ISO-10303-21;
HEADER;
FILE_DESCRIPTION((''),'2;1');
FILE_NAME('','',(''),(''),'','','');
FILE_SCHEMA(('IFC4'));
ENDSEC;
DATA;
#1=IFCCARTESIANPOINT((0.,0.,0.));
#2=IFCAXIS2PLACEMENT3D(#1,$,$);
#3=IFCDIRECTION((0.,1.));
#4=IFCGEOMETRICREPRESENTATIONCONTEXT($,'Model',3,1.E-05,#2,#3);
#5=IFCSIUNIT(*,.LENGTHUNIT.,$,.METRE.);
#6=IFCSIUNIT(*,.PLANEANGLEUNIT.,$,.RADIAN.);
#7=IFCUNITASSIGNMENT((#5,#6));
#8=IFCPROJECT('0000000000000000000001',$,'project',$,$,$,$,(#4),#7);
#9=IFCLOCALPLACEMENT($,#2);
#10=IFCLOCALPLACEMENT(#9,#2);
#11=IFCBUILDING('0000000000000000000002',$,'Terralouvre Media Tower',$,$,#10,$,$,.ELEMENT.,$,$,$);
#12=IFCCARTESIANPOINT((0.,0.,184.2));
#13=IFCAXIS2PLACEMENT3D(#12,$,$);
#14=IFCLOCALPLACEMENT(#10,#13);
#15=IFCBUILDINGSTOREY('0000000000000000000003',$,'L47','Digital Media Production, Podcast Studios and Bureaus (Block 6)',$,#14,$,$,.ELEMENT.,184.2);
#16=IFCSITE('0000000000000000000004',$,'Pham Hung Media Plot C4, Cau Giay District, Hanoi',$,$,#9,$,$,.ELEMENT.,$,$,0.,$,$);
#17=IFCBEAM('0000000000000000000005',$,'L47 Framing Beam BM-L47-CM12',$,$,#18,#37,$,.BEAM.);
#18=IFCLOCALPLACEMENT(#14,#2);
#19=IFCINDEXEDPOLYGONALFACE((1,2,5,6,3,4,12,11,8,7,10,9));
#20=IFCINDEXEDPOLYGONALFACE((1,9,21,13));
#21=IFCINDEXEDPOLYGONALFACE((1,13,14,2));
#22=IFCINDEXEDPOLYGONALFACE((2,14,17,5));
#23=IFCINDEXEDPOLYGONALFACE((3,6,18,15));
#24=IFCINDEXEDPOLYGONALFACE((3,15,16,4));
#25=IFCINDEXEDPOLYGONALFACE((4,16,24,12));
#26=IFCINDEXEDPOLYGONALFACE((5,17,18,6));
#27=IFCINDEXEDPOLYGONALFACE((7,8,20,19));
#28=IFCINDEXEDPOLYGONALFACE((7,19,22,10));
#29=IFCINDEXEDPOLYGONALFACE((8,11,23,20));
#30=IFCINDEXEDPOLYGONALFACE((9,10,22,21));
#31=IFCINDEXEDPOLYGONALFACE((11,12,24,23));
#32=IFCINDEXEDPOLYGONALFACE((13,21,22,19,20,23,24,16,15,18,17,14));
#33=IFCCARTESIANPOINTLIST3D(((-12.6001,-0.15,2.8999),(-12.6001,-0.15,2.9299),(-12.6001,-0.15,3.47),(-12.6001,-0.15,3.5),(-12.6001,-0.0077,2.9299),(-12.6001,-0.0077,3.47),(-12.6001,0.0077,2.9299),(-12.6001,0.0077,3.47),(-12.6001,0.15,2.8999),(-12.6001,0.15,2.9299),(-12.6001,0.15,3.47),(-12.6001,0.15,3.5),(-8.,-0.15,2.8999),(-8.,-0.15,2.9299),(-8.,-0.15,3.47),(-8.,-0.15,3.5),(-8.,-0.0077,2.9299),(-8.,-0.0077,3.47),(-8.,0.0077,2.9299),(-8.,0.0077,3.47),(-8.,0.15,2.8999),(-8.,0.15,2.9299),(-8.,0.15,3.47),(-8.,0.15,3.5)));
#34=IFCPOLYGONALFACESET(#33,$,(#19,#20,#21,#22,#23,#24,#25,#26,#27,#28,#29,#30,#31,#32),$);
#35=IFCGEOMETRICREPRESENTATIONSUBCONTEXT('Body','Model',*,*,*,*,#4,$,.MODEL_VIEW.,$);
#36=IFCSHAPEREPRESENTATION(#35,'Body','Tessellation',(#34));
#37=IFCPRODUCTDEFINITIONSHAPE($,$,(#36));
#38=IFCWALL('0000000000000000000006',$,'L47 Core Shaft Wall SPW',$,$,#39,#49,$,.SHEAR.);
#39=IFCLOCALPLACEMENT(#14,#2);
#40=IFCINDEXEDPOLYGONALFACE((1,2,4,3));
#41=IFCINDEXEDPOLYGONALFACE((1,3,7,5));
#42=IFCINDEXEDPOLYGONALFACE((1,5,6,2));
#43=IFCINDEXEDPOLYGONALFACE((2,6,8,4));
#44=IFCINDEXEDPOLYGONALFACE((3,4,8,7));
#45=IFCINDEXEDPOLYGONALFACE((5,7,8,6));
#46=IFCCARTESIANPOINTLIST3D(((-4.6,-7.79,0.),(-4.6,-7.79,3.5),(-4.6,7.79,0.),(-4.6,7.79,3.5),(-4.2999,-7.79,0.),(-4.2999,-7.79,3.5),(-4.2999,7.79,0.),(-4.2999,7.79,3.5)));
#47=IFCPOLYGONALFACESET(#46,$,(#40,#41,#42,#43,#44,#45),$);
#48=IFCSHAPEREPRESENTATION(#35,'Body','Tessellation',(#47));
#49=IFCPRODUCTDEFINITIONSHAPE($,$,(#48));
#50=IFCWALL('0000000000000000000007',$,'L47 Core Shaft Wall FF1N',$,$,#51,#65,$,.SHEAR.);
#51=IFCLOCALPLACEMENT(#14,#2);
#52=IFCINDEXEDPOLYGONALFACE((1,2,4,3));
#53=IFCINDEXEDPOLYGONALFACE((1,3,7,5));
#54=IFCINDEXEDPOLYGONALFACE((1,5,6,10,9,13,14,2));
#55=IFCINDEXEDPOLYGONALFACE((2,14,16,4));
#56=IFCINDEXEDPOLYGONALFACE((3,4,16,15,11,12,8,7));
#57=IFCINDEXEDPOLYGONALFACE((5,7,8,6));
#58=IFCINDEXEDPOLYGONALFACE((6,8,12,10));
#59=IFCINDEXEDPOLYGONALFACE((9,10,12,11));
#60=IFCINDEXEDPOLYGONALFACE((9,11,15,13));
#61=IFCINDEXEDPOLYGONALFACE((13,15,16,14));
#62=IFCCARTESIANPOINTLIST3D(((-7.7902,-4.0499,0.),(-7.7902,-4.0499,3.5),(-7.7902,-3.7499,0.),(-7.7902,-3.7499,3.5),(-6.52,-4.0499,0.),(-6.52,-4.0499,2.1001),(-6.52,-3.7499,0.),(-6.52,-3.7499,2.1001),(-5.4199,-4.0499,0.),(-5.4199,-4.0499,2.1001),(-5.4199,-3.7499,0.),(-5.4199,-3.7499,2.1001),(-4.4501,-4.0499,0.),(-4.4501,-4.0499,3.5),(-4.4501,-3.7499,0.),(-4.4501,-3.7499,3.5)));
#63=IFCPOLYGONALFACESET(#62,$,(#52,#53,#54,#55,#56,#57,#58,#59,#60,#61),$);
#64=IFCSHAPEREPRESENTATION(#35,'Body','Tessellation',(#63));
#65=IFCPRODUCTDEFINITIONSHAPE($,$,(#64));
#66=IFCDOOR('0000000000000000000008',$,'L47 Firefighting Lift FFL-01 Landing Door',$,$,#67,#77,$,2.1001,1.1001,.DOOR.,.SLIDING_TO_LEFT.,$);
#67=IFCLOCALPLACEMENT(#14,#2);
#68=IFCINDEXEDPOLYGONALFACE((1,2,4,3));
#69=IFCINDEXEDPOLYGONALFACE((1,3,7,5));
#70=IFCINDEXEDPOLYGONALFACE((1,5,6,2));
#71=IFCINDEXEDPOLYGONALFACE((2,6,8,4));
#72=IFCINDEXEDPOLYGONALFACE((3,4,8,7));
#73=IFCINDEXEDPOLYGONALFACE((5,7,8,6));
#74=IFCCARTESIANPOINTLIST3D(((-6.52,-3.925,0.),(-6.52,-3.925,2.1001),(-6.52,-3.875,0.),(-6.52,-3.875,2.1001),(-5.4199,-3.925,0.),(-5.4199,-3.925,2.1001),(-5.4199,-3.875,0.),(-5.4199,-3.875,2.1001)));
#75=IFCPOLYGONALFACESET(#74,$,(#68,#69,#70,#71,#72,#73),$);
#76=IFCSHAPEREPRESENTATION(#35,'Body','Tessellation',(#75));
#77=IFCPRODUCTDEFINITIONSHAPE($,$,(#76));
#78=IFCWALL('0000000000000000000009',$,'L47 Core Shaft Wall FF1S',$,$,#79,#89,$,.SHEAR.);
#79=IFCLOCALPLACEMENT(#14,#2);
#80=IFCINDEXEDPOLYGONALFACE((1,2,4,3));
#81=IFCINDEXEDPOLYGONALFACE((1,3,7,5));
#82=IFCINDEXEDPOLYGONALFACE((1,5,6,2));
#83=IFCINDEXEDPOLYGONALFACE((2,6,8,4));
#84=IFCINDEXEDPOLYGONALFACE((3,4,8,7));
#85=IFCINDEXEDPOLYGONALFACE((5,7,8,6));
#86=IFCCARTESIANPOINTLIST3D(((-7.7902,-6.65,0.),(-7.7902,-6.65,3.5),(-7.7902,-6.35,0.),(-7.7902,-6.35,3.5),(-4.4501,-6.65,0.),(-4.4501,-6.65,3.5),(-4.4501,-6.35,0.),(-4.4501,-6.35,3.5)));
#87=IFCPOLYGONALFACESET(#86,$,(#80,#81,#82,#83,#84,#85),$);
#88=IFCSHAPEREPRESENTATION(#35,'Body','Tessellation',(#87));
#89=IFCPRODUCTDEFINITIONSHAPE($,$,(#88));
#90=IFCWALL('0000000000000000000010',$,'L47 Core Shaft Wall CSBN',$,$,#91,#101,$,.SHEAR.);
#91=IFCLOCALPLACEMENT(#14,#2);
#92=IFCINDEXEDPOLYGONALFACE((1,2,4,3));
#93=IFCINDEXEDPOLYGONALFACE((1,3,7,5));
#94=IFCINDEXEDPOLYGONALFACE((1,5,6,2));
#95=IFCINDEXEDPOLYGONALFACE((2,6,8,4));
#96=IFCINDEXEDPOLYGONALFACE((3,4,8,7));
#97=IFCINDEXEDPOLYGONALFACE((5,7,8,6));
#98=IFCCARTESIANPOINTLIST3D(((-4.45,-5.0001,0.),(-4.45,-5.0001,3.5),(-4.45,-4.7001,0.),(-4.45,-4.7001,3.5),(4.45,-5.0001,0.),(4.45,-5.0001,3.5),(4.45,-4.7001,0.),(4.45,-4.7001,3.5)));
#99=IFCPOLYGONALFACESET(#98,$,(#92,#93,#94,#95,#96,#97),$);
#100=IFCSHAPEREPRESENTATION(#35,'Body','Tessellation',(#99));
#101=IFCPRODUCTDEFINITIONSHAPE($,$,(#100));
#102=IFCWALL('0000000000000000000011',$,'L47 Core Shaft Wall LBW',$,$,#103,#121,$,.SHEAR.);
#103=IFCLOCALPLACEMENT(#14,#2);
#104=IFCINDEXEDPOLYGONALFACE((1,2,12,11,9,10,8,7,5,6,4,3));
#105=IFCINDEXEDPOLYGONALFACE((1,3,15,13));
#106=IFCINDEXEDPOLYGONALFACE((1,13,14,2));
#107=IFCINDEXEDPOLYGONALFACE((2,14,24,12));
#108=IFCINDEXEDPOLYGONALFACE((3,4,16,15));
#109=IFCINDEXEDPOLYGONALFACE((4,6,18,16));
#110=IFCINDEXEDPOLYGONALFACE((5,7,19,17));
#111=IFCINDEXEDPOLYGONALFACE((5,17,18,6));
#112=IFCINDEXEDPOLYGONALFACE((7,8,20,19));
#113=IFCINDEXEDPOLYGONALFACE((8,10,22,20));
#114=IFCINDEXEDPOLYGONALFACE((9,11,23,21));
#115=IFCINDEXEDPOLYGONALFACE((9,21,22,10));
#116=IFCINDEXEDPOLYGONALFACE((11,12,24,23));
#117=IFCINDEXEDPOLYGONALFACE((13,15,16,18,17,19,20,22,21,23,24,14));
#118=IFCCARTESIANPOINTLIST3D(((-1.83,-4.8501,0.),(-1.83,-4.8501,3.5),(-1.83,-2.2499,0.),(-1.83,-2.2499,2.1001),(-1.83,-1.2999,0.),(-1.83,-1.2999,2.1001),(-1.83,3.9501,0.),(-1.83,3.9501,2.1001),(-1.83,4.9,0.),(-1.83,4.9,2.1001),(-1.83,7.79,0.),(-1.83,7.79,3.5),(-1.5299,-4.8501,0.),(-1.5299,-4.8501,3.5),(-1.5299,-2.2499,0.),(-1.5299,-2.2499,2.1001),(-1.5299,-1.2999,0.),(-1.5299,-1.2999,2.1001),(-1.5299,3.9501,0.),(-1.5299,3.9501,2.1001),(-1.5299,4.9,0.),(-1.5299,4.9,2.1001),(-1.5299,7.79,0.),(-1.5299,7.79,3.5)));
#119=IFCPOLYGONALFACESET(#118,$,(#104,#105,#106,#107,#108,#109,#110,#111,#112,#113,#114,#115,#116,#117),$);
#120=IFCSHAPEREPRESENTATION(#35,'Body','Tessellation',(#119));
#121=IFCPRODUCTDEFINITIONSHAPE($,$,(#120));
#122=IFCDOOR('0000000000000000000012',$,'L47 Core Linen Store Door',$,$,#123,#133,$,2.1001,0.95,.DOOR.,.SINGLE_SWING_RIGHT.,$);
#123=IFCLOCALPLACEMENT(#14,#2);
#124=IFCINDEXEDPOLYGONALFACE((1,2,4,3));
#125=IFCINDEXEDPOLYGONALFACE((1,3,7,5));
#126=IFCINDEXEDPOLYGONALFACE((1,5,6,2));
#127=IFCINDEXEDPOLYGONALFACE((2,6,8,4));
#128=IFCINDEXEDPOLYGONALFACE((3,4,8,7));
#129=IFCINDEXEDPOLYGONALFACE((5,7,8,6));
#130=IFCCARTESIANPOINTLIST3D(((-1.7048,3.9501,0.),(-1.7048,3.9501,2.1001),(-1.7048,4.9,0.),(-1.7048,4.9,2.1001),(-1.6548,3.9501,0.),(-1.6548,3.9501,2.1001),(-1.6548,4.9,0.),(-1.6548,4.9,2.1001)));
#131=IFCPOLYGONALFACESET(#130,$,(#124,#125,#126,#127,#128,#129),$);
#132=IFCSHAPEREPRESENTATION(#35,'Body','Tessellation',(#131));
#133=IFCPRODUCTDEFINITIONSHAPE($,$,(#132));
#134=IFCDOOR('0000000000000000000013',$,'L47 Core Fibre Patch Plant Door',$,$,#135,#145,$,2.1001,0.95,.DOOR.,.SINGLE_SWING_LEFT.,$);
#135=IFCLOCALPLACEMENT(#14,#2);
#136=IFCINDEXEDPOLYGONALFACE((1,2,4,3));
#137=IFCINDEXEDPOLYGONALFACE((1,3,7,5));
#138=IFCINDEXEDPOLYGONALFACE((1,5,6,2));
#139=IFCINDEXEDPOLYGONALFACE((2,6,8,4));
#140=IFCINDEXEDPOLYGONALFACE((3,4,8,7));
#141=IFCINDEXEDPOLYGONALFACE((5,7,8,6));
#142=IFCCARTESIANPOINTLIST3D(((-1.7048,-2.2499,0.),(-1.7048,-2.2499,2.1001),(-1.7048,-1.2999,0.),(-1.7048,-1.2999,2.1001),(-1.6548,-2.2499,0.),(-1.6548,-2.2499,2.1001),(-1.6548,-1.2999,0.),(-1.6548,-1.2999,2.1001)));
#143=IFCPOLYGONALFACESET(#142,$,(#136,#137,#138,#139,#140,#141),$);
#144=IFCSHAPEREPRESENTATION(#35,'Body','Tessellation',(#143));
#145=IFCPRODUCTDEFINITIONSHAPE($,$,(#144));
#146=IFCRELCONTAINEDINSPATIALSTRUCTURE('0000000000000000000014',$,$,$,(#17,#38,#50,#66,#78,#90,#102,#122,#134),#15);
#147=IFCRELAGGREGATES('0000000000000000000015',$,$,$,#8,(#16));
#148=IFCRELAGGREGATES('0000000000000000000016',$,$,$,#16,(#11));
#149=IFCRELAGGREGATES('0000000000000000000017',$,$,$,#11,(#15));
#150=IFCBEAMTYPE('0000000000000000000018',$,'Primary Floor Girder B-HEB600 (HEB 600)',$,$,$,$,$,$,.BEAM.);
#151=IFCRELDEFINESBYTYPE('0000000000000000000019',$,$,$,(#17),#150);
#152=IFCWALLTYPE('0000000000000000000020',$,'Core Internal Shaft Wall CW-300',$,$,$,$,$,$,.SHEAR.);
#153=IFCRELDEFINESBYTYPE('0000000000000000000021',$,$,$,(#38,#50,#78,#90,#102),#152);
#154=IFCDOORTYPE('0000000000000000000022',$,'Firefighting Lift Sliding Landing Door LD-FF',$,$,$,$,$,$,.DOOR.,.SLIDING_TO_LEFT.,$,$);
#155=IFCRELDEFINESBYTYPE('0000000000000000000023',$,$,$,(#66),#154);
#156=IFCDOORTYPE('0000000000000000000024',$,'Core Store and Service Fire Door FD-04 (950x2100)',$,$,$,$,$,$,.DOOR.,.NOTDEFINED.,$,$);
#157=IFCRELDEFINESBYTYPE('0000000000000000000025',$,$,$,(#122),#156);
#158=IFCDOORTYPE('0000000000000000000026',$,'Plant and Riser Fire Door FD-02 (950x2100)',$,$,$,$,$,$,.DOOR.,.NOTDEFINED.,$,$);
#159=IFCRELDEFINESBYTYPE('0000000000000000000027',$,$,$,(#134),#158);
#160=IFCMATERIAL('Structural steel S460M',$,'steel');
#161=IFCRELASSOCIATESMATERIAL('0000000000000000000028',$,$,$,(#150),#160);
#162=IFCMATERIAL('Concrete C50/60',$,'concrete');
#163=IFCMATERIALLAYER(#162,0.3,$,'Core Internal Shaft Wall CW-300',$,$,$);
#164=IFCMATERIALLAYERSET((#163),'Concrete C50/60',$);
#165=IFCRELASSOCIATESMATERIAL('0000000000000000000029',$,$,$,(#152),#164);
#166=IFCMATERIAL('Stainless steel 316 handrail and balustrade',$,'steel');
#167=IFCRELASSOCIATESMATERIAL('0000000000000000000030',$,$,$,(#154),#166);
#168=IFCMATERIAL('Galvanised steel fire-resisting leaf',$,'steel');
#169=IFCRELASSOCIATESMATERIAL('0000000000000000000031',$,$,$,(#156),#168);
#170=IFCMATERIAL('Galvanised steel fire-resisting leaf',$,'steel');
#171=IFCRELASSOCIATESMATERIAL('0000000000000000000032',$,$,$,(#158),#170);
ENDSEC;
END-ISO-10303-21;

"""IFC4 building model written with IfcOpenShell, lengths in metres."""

from ifc_helpers import new_model, si_unit, direction, frame, frame_2d, origin, origin_2d, place, context, subcontext, project, spatial, rectangle, i_section, extrude, material, layer, layer_set, material_profile, profile_set, type_object, element, fill, save


model = new_model("IFC4")

# Units and contexts
model_context = context("Model", 3, precision=1e-05, world=origin(), true_north=direction((0.0, 1.0)))
body_context = subcontext(model_context, "Body", "Model", "MODEL_VIEW")
ifc_project = project(units=[si_unit("LENGTHUNIT", "METRE"), si_unit("PLANEANGLEUNIT", "RADIAN")], contexts=[model_context])

# Site, building, storey
site_placement = place(None, origin())
site = spatial("IfcSite", under=ifc_project, at=site_placement, Name="Pham Hung Media Plot C4, Cau Giay District, Hanoi", CompositionType="ELEMENT", RefElevation=0.0)
building_placement = place(site_placement, origin())
building = spatial("IfcBuilding", under=site, at=building_placement, Name="Terralouvre Media Tower", CompositionType="ELEMENT")
storey_placement = place(building_placement, frame((0.0, 0.0, 184.2)))
storey = spatial("IfcBuildingStorey", under=building, at=storey_placement, Name="L47", Description="Digital Media Production, Podcast Studios and Bureaus (Block 6)", CompositionType="ELEMENT", Elevation=184.2)

# Beam
ifc_material_1 = material(Name="Structural steel S460M", Category="steel")
ifc_material_profile_1 = material_profile(ifc_material_1, i_section(OverallWidth=0.3, OverallDepth=0.6001, WebThickness=0.0154, FlangeThickness=0.03, at=origin_2d()), Name="HEB 600")
ifc_profile_set_1 = profile_set([ifc_material_profile_1], Name="Structural steel S460M")
beam_type_1 = type_object("IfcBeamType", Name="Primary Floor Girder B-HEB600 (HEB 600)", PredefinedType="BEAM", material=ifc_profile_set_1)
beam_1_placement = place(storey_placement, frame((-8.0, 0.0, 3.2), z_axis=(-1.0, 0.0, 0.0), x_axis=(0.0, -1.0, 0.0)))
element("IfcBeam", 1, at=beam_1_placement, inside=storey, type_object=beam_type_1, Name="L47 Framing Beam BM-L47-CM12", PredefinedType="BEAM", context=body_context, shape_type="SweptSolid", body=[
    extrude(i_section(OverallWidth=0.3, OverallDepth=0.6001, WebThickness=0.0154, FlangeThickness=0.03, at=origin_2d()), origin(), (0.0, 0.0, 1.0), 4.6001),
])

# Wall
ifc_material_2 = material(Name="Concrete C50/60", Category="concrete")
ifc_layer_1 = layer(ifc_material_2, 0.3, Name="Core Internal Shaft Wall CW-300")
ifc_layer_set_1 = layer_set([ifc_layer_1], Name="Concrete C50/60")
wall_type_1 = type_object("IfcWallType", Name="Core Internal Shaft Wall CW-300", PredefinedType="SHEAR", material=ifc_layer_set_1)
wall_1_placement = place(storey_placement, frame((-4.45, -7.79, 0.0), z_axis=(0.0, 0.0, 1.0), x_axis=(0.0, 1.0, 0.0)))
element("IfcWall", 2, at=wall_1_placement, inside=storey, type_object=wall_type_1, Name="L47 Core Shaft Wall SPW", PredefinedType="SHEAR", context=body_context, shape_type="SweptSolid", body=[
    extrude(rectangle(XDim=15.5801, YDim=0.3, at=frame_2d((7.79, 0.0))), origin(), (0.0, 0.0, 1.0), 3.5),
])

# Wall, opening, door
wall_2_placement = place(storey_placement, frame((-7.79, -3.8999, 0.0), z_axis=(0.0, 0.0, 1.0), x_axis=(1.0, 0.0, 0.0)))
wall_2 = element("IfcWall", 3, at=wall_2_placement, inside=storey, type_object=wall_type_1, Name="L47 Core Shaft Wall FF1N", PredefinedType="SHEAR", context=body_context, shape_type="SweptSolid", body=[
    extrude(rectangle(XDim=3.3401, YDim=0.3, at=frame_2d((1.6699, 0.0))), origin(), (0.0, 0.0, 1.0), 3.5),
])
opening_1_placement = place(wall_2_placement, frame((1.27, 0.0, 0.0)))
opening_1 = element("IfcOpeningElement", 4, at=opening_1_placement, cuts=wall_2, PredefinedType="OPENING", context=body_context, shape_type="SweptSolid", body=[
    extrude(rectangle(XDim=1.1001, YDim=2.1001, at=frame_2d((0.55, 1.05))), frame((0.0, 0.1599, 0.0), z_axis=(0.0, -1.0, 0.0), x_axis=(1.0, 0.0, 0.0)), (0.0, 0.0, 1.0), 0.3201),
])
ifc_material_3 = material(Name="Stainless steel 316 handrail and balustrade", Category="steel")
door_type_1 = type_object("IfcDoorType", Name="Firefighting Lift Sliding Landing Door LD-FF", OperationType="SLIDING_TO_LEFT", PredefinedType="DOOR", material=ifc_material_3)
door_1_placement = place(opening_1_placement, origin())
door_1 = element("IfcDoor", 5, at=door_1_placement, inside=storey, type_object=door_type_1, Name="L47 Firefighting Lift FFL-01 Landing Door", OperationType="SLIDING_TO_LEFT", OverallHeight=2.1001, OverallWidth=1.1001, PredefinedType="DOOR", context=body_context, shape_type="SweptSolid", body=[
    extrude(rectangle(XDim=1.1001, YDim=2.1001, at=frame_2d((0.55, 1.05))), frame((0.0, 0.0249, 0.0), z_axis=(0.0, -1.0, 0.0), x_axis=(1.0, 0.0, 0.0)), (0.0, 0.0, 1.0), 0.05),
])
fill(opening_1, door_1)

# Walls
wall_3_placement = place(storey_placement, frame((-7.79, -6.5, 0.0), z_axis=(0.0, 0.0, 1.0), x_axis=(1.0, 0.0, 0.0)))
element("IfcWall", 6, at=wall_3_placement, inside=storey, type_object=wall_type_1, Name="L47 Core Shaft Wall FF1S", PredefinedType="SHEAR", context=body_context, shape_type="SweptSolid", body=[
    extrude(rectangle(XDim=3.3401, YDim=0.3, at=frame_2d((1.6699, 0.0))), origin(), (0.0, 0.0, 1.0), 3.5),
])
wall_4_placement = place(storey_placement, frame((-4.45, -4.8501, 0.0), z_axis=(0.0, 0.0, 1.0), x_axis=(1.0, 0.0, 0.0)))
element("IfcWall", 7, at=wall_4_placement, inside=storey, type_object=wall_type_1, Name="L47 Core Shaft Wall CSBN", PredefinedType="SHEAR", context=body_context, shape_type="SweptSolid", body=[
    extrude(rectangle(XDim=8.8999, YDim=0.3, at=frame_2d((4.45, 0.0))), origin(), (0.0, 0.0, 1.0), 3.5),
])

# Wall, openings, doors
wall_5_placement = place(storey_placement, frame((-1.6799, -4.8501, 0.0), z_axis=(0.0, 0.0, 1.0), x_axis=(0.0, 1.0, 0.0)))
wall_5 = element("IfcWall", 8, at=wall_5_placement, inside=storey, type_object=wall_type_1, Name="L47 Core Shaft Wall LBW", PredefinedType="SHEAR", context=body_context, shape_type="SweptSolid", body=[
    extrude(rectangle(XDim=12.6401, YDim=0.3, at=frame_2d((6.3201, 0.0))), origin(), (0.0, 0.0, 1.0), 3.5),
])
opening_2_placement = place(wall_5_placement, frame((2.6001, 0.0, 0.0)))
opening_2 = element("IfcOpeningElement", 9, at=opening_2_placement, cuts=wall_5, PredefinedType="OPENING", context=body_context, shape_type="SweptSolid", body=[
    extrude(rectangle(XDim=0.95, YDim=2.1001, at=frame_2d((0.4751, 1.05))), frame((0.0, 0.1599, 0.0), z_axis=(0.0, -1.0, 0.0), x_axis=(1.0, 0.0, 0.0)), (0.0, 0.0, 1.0), 0.3201),
])
opening_3_placement = place(wall_5_placement, frame((8.8, 0.0, 0.0)))
opening_3 = element("IfcOpeningElement", 10, at=opening_3_placement, cuts=wall_5, PredefinedType="OPENING", context=body_context, shape_type="SweptSolid", body=[
    extrude(rectangle(XDim=0.95, YDim=2.1001, at=frame_2d((0.4751, 1.05))), frame((0.0, 0.1599, 0.0), z_axis=(0.0, -1.0, 0.0), x_axis=(1.0, 0.0, 0.0)), (0.0, 0.0, 1.0), 0.3201),
])
ifc_material_4 = material(Name="Galvanised steel fire-resisting leaf", Category="steel")
door_type_2 = type_object("IfcDoorType", Name="Core Store and Service Fire Door FD-04 (950x2100)", OperationType="NOTDEFINED", PredefinedType="DOOR", material=ifc_material_4)
door_2_placement = place(opening_3_placement, origin())
door_2 = element("IfcDoor", 11, at=door_2_placement, inside=storey, type_object=door_type_2, Name="L47 Core Linen Store Door", OperationType="SINGLE_SWING_RIGHT", OverallHeight=2.1001, OverallWidth=0.95, PredefinedType="DOOR", context=body_context, shape_type="SweptSolid", body=[
    extrude(rectangle(XDim=0.95, YDim=2.1001, at=frame_2d((0.4751, 1.05))), frame((0.0, 0.0249, 0.0), z_axis=(0.0, -1.0, 0.0), x_axis=(1.0, 0.0, 0.0)), (0.0, 0.0, 1.0), 0.05),
])
fill(opening_3, door_2)
ifc_material_5 = material(Name="Galvanised steel fire-resisting leaf", Category="steel")
door_type_3 = type_object("IfcDoorType", Name="Plant and Riser Fire Door FD-02 (950x2100)", OperationType="NOTDEFINED", PredefinedType="DOOR", material=ifc_material_5)
door_3_placement = place(opening_2_placement, origin())
door_3 = element("IfcDoor", 12, at=door_3_placement, inside=storey, type_object=door_type_3, Name="L47 Core Fibre Patch Plant Door", OperationType="SINGLE_SWING_LEFT", OverallHeight=2.1001, OverallWidth=0.95, PredefinedType="DOOR", context=body_context, shape_type="SweptSolid", body=[
    extrude(rectangle(XDim=0.95, YDim=2.1001, at=frame_2d((0.4751, 1.05))), frame((0.0, 0.0249, 0.0), z_axis=(0.0, -1.0, 0.0), x_axis=(1.0, 0.0, 0.0)), (0.0, 0.0, 1.0), 0.05),
])
fill(opening_2, door_3)

save(model, "model.ifc")
